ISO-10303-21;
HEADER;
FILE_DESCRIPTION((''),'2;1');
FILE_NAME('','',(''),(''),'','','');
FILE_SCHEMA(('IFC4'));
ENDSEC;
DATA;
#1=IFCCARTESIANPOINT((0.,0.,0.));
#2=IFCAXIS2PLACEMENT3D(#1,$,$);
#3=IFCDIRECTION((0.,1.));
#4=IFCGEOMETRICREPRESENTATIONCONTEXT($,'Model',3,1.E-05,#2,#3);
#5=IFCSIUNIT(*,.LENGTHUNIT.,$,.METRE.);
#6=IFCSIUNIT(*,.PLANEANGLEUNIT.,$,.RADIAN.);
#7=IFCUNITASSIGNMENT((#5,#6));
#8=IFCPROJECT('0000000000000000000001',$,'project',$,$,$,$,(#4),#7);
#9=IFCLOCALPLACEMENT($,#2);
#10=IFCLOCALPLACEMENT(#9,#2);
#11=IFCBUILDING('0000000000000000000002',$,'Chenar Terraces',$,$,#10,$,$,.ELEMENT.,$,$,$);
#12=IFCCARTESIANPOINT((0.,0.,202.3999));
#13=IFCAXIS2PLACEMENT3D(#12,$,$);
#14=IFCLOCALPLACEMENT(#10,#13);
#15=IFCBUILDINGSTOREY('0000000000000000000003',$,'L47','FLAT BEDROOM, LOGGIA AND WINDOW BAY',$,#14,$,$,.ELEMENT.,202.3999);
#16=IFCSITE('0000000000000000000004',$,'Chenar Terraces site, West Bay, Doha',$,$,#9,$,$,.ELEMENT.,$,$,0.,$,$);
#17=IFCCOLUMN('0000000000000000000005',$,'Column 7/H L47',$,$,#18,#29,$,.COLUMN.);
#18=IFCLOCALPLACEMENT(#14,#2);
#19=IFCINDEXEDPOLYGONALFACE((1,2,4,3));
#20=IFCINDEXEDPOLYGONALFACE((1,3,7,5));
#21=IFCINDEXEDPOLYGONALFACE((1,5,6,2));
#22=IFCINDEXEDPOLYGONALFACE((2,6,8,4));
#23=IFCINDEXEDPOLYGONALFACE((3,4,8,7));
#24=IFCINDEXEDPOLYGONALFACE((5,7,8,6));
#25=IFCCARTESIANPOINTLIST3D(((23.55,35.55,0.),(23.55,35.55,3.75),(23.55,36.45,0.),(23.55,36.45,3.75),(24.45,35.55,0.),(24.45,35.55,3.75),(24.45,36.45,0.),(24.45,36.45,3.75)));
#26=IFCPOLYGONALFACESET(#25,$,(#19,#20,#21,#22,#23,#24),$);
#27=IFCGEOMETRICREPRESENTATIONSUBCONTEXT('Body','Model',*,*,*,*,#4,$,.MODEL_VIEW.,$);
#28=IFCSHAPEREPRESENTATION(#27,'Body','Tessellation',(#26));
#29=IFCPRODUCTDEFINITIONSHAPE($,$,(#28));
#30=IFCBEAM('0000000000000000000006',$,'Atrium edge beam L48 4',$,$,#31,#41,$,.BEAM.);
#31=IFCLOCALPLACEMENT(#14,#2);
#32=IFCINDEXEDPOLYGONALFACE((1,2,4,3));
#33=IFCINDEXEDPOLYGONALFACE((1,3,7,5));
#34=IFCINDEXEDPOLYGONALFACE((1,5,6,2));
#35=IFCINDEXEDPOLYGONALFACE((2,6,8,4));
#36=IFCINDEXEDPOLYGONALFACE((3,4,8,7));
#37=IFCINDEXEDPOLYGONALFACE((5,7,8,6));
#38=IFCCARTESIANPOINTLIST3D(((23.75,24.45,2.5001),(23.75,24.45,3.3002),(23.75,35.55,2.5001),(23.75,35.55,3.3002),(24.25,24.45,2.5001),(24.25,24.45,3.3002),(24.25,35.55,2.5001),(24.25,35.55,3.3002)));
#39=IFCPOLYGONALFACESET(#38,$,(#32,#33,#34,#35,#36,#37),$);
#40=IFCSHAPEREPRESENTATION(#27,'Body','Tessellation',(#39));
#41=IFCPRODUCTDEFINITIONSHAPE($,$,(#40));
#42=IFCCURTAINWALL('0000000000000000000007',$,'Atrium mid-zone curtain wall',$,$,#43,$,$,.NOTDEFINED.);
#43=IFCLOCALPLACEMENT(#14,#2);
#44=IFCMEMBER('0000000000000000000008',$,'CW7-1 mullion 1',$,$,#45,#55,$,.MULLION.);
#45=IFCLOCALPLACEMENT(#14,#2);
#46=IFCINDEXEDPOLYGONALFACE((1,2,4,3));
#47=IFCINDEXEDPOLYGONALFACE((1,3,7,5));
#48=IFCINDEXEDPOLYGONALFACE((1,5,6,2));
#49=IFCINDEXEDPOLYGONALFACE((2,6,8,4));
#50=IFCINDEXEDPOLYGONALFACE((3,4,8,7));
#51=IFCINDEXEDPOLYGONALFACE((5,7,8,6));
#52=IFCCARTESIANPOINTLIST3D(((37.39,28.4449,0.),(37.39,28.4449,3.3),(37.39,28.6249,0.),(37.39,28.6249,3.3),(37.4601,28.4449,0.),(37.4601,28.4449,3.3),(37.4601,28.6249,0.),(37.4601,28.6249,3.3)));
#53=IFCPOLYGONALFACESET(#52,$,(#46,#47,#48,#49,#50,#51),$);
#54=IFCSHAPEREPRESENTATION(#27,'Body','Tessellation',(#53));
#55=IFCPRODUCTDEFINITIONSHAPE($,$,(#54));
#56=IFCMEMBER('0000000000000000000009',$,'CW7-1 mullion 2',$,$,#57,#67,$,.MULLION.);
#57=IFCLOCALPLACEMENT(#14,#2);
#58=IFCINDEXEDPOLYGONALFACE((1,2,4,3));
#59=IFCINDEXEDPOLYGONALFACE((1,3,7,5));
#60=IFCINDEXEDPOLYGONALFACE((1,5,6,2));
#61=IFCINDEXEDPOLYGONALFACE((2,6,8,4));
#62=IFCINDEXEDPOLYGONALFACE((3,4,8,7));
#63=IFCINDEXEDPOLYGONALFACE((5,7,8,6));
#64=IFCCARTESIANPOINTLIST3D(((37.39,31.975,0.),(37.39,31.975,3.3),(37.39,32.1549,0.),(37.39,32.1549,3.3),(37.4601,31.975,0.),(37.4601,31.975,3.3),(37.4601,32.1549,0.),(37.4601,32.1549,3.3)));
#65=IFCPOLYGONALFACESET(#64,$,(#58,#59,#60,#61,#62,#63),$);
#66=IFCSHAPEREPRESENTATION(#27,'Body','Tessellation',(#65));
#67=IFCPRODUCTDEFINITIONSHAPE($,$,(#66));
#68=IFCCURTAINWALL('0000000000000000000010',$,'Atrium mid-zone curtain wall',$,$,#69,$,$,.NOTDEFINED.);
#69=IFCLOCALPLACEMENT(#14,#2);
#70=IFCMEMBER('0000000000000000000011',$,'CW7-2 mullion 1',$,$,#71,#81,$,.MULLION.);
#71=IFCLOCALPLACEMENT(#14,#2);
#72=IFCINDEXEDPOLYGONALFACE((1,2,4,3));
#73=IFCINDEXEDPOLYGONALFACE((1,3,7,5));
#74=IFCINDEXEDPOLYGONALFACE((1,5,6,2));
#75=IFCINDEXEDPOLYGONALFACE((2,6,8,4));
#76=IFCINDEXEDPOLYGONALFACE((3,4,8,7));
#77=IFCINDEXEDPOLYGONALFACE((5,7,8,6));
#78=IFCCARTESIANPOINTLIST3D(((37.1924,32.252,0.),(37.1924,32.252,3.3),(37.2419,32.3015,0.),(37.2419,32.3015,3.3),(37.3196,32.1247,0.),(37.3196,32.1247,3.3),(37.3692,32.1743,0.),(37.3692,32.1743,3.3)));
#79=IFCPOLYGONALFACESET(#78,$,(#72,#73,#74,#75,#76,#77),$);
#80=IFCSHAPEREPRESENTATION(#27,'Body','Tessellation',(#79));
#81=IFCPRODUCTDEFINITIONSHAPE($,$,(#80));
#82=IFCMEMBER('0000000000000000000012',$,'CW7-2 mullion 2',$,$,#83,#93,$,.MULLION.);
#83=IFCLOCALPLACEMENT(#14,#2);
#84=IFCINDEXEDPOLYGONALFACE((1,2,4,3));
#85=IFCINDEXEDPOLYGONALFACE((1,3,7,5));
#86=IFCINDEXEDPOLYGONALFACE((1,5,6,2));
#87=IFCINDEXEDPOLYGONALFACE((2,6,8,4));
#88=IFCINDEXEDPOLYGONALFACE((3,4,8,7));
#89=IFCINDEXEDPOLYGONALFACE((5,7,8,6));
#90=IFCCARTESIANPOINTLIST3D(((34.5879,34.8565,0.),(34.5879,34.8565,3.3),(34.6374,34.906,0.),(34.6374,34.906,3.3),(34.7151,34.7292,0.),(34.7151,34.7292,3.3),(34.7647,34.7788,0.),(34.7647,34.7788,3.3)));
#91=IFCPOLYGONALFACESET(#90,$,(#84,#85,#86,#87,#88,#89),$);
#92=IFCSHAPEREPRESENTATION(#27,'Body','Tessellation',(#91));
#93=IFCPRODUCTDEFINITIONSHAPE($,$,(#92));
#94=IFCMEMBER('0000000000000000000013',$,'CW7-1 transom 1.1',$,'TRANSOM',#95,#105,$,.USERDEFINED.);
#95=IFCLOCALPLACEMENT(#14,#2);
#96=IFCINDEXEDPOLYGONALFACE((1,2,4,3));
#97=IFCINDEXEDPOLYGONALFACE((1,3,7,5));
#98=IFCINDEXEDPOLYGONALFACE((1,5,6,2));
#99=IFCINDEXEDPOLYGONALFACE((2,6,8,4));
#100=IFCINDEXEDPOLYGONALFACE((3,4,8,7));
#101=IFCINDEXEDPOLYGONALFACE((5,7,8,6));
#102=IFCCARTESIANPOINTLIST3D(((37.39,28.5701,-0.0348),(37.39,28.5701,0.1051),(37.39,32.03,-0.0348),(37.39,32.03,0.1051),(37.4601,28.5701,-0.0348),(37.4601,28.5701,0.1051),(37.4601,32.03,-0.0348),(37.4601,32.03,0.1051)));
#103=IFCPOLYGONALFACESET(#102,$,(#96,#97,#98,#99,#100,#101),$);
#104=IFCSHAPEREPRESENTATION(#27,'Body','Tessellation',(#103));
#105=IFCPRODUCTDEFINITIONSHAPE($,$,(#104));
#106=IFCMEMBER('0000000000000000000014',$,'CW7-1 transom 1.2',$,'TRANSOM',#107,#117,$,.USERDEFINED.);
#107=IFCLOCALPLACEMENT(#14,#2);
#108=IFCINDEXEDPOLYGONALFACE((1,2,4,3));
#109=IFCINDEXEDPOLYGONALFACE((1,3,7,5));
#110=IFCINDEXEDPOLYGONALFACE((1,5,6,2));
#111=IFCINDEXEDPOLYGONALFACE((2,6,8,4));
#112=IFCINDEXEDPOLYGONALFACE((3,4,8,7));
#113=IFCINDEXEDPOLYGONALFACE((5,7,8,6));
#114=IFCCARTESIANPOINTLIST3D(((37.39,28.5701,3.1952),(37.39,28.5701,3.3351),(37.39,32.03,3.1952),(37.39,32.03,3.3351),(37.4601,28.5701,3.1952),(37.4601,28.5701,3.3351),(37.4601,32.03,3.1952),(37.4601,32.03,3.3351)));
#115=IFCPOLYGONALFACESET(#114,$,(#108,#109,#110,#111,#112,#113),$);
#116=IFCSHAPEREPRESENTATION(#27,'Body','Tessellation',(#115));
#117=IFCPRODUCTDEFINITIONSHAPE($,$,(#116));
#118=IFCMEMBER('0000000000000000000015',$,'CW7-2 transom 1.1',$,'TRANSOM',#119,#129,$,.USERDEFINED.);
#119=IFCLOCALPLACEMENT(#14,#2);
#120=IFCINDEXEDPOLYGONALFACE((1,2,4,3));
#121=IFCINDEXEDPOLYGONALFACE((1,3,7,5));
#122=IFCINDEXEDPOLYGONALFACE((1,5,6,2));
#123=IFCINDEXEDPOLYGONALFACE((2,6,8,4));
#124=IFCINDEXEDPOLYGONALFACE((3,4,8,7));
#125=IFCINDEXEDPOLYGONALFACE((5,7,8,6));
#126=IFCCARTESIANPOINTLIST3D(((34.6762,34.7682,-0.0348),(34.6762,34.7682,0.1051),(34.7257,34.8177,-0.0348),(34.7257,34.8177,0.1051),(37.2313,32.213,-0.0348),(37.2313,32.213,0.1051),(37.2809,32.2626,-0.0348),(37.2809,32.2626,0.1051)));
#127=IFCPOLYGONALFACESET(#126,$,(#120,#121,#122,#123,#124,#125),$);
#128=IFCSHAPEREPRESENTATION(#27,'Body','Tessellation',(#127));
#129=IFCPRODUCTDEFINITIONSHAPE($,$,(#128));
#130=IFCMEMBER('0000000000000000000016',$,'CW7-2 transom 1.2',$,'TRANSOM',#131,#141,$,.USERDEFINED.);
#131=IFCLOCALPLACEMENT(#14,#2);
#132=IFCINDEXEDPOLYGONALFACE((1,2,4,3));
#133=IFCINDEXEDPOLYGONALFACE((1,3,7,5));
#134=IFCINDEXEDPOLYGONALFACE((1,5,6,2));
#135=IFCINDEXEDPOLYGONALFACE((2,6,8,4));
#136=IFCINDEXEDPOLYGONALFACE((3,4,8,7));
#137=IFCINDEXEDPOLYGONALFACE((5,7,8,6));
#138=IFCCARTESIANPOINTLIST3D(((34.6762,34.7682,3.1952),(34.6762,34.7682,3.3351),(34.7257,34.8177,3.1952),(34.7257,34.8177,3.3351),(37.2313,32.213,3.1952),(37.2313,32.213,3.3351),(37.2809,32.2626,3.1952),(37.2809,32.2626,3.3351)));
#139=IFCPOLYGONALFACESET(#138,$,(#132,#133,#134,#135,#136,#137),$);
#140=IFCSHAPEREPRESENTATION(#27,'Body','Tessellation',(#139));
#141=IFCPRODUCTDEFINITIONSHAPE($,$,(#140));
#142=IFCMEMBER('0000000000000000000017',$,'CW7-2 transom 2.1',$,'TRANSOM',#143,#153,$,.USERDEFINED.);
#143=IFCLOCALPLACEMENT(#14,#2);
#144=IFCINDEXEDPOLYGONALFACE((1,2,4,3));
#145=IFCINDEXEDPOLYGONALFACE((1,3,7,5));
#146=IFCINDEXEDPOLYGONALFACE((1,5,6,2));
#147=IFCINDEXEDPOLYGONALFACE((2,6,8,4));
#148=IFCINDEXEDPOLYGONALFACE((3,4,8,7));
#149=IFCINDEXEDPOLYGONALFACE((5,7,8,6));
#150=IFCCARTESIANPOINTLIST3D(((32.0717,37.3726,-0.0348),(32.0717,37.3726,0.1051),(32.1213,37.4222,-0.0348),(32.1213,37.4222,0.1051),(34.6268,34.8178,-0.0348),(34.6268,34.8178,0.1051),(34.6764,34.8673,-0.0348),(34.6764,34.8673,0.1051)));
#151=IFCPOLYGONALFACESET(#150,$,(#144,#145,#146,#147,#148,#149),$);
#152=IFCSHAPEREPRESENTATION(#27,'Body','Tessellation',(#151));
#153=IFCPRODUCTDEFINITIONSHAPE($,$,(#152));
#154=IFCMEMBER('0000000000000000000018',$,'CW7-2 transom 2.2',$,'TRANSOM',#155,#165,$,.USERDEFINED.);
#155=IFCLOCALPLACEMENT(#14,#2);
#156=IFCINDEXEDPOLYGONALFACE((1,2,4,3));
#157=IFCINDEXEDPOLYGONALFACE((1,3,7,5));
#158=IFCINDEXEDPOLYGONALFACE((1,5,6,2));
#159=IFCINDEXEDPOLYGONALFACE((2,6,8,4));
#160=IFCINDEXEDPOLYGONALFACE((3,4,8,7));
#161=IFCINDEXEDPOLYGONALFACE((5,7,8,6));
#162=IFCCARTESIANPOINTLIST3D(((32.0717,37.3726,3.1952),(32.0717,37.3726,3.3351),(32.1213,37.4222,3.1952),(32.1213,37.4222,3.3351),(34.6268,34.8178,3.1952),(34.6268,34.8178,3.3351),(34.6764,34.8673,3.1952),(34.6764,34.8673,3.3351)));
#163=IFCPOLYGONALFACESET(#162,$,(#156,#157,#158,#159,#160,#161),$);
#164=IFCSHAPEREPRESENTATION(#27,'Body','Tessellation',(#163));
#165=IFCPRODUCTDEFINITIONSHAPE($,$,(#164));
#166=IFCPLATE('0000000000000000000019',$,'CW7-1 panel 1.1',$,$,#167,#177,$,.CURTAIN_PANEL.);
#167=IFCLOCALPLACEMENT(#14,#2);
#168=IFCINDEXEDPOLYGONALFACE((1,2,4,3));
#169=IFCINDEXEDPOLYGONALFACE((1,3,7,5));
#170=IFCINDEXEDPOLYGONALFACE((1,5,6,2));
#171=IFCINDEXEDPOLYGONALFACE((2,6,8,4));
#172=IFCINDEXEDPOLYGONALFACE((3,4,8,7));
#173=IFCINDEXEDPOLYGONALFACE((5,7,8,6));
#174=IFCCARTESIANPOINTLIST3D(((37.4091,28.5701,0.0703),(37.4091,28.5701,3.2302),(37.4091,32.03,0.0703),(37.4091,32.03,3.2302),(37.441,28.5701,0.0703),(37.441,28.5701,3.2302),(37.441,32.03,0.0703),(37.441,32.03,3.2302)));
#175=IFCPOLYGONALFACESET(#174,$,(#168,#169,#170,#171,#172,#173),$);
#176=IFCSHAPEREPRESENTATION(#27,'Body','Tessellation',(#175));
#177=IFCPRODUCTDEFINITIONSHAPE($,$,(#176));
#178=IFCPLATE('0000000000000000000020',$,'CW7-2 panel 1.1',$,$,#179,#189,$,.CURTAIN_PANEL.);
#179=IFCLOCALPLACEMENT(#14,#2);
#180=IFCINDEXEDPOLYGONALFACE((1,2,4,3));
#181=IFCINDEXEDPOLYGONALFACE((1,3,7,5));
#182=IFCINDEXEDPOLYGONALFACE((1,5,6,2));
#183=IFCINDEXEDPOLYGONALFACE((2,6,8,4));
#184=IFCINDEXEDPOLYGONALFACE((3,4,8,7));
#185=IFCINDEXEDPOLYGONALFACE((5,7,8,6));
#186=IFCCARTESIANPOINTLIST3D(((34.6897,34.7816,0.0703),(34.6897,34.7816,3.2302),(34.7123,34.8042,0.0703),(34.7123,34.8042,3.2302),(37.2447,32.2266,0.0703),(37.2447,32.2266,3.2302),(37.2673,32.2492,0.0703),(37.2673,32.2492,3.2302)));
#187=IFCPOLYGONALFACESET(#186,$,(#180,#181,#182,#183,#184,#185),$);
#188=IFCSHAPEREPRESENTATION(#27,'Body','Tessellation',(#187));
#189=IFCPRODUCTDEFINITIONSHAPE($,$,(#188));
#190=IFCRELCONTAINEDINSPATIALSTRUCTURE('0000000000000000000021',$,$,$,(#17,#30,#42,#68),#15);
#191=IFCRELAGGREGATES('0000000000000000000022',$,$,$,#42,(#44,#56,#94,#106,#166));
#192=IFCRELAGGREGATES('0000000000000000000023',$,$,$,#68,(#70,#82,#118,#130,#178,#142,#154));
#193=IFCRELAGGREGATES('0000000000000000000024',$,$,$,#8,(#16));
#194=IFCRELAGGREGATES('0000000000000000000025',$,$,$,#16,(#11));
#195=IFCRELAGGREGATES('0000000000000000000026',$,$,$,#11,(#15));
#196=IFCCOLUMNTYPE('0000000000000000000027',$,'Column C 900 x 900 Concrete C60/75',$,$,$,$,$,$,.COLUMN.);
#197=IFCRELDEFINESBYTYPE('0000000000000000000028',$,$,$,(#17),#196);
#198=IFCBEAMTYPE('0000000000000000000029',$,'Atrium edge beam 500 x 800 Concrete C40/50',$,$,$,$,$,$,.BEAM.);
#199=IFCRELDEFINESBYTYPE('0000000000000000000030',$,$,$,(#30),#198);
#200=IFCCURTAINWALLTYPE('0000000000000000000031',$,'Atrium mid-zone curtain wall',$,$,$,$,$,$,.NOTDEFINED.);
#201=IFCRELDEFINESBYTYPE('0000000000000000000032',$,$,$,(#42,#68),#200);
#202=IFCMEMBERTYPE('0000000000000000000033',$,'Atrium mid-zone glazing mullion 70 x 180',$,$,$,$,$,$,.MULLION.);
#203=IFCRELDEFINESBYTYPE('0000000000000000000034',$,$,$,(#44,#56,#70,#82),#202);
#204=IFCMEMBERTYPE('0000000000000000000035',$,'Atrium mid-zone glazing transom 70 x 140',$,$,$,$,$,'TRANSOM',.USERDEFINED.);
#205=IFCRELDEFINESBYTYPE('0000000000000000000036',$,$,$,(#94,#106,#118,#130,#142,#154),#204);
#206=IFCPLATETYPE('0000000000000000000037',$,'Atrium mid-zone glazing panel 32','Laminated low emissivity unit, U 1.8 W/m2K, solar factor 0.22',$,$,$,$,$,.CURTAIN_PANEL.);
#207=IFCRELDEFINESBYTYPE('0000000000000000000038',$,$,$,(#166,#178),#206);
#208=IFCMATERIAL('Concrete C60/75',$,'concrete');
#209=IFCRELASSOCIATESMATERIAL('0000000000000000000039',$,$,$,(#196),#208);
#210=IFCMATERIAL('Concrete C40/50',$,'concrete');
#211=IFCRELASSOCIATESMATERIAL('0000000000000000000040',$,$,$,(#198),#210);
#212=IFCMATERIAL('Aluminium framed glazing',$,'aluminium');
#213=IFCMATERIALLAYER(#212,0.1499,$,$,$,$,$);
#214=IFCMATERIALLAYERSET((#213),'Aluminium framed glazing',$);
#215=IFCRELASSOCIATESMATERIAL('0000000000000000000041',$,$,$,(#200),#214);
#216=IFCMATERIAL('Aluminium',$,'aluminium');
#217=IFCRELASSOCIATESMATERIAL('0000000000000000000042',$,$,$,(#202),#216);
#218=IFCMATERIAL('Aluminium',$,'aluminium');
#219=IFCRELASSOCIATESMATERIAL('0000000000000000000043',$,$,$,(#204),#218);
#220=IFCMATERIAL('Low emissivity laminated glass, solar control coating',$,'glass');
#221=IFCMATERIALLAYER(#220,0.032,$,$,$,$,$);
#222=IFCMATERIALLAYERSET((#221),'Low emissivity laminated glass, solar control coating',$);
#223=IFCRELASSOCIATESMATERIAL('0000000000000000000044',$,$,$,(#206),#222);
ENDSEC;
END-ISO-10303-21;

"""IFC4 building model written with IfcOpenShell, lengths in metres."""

from ifc_helpers import new_model, si_unit, direction, frame, origin, origin_2d, place, context, subcontext, project, spatial, rectangle, extrude, material, layer, layer_set, material_profile, profile_set, type_object, element, aggregate, save


model = new_model("IFC4")

# Units and contexts
model_context = context("Model", 3, precision=1e-05, world=origin(), true_north=direction((0.0, 1.0)))
body_context = subcontext(model_context, "Body", "Model", "MODEL_VIEW")
ifc_project = project(units=[si_unit("LENGTHUNIT", "METRE"), si_unit("PLANEANGLEUNIT", "RADIAN")], contexts=[model_context])

# Site, building, storey
site_placement = place(None, origin())
site = spatial("IfcSite", under=ifc_project, at=site_placement, Name="Chenar Terraces site, West Bay, Doha", CompositionType="ELEMENT", RefElevation=0.0)
building_placement = place(site_placement, origin())
building = spatial("IfcBuilding", under=site, at=building_placement, Name="Chenar Terraces", CompositionType="ELEMENT")
storey_placement = place(building_placement, frame((0.0, 0.0, 202.3999)))
storey = spatial("IfcBuildingStorey", under=building, at=storey_placement, Name="L47", Description="FLAT BEDROOM, LOGGIA AND WINDOW BAY", CompositionType="ELEMENT", Elevation=202.3999)

# Column
ifc_material_1 = material(Name="Concrete C60/75", Category="concrete")
ifc_material_profile_1 = material_profile(ifc_material_1, rectangle(XDim=0.8999, YDim=0.8999, at=origin_2d()), Name="C 900 x 900")
ifc_profile_set_1 = profile_set([ifc_material_profile_1], Name="Concrete C60/75")
column_type = type_object("IfcColumnType", Name="Column C 900 x 900 Concrete C60/75", PredefinedType="COLUMN", material=ifc_profile_set_1)
column_placement = place(storey_placement, frame((24.0, 36.0, 0.0), z_axis=(0.0, 0.0, 1.0), x_axis=(1.0, 0.0, 0.0)))
element("IfcColumn", 1, at=column_placement, inside=storey, type_object=column_type, Name="Column 7/H L47", PredefinedType="COLUMN", context=body_context, shape_type="SweptSolid", body=[
    extrude(rectangle(XDim=0.8999, YDim=0.8999, at=origin_2d()), origin(), (0.0, 0.0, 1.0), 3.75),
])

# Beam
ifc_material_2 = material(Name="Concrete C40/50", Category="concrete")
ifc_material_profile_2 = material_profile(ifc_material_2, rectangle(XDim=0.5, YDim=0.8, at=origin_2d()), Name="RC 500 x 800")
ifc_profile_set_2 = profile_set([ifc_material_profile_2], Name="Concrete C40/50")
beam_type = type_object("IfcBeamType", Name="Atrium edge beam 500 x 800 Concrete C40/50", PredefinedType="BEAM", material=ifc_profile_set_2)
beam_placement = place(storey_placement, frame((24.0, 35.55, 2.9001), z_axis=(0.0, -1.0, 0.0), x_axis=(1.0, 0.0, 0.0)))
element("IfcBeam", 2, at=beam_placement, inside=storey, type_object=beam_type, Name="Atrium edge beam L48 4", PredefinedType="BEAM", context=body_context, shape_type="SweptSolid", body=[
    extrude(rectangle(XDim=0.5, YDim=0.8, at=origin_2d()), origin(), (0.0, 0.0, 1.0), 11.1001),
])

# Curtain walls, members
ifc_material_3 = material(Name="Aluminium framed glazing", Category="aluminium")
ifc_layer_1 = layer(ifc_material_3, 0.1499)
ifc_layer_set_1 = layer_set([ifc_layer_1], Name="Aluminium framed glazing")
curtain_wall_type = type_object("IfcCurtainWallType", Name="Atrium mid-zone curtain wall", PredefinedType="NOTDEFINED", material=ifc_layer_set_1)
placement = place(storey_placement, origin())
curtain_wall_1 = element("IfcCurtainWall", 3, at=placement, inside=storey, type_object=curtain_wall_type, Name="Atrium mid-zone curtain wall", PredefinedType="NOTDEFINED")
ifc_material_4 = material(Name="Aluminium", Category="aluminium")
ifc_material_profile_3 = material_profile(ifc_material_4, rectangle(XDim=0.0701, YDim=0.1799, at=origin_2d()), Name="Atrium mid-zone glazing mullion 70 x 180")
ifc_profile_set_3 = profile_set([ifc_material_profile_3], Name="Aluminium")
member_type_1 = type_object("IfcMemberType", Name="Atrium mid-zone glazing mullion 70 x 180", PredefinedType="MULLION", material=ifc_profile_set_3)
member_1_placement = place(storey_placement, frame((37.425, 28.5349, 0.0), z_axis=(0.0, 0.0, 1.0), x_axis=(-1.0, 0.0, 0.0)))
member_1 = element("IfcMember", 4, at=member_1_placement, type_object=member_type_1, Name="CW7-1 mullion 1", PredefinedType="MULLION", context=body_context, shape_type="SweptSolid", body=[
    extrude(rectangle(XDim=0.0701, YDim=0.1799, at=origin_2d()), origin(), (0.0, 0.0, 1.0), 3.3),
])
member_2_placement = place(storey_placement, frame((37.425, 32.0649, 0.0), z_axis=(0.0, 0.0, 1.0), x_axis=(-1.0, 0.0, 0.0)))
member_2 = element("IfcMember", 5, at=member_2_placement, type_object=member_type_1, Name="CW7-1 mullion 2", PredefinedType="MULLION", context=body_context, shape_type="SweptSolid", body=[
    extrude(rectangle(XDim=0.0701, YDim=0.1799, at=origin_2d()), origin(), (0.0, 0.0, 1.0), 3.3),
])
curtain_wall_2 = element("IfcCurtainWall", 6, at=placement, inside=storey, type_object=curtain_wall_type, Name="Atrium mid-zone curtain wall", PredefinedType="NOTDEFINED")
member_3_placement = place(storey_placement, frame((37.2808, 32.2131, 0.0), z_axis=(0.0, 0.0, 1.0), x_axis=(-0.707107, -0.707107, 0.0)))
member_3 = element("IfcMember", 7, at=member_3_placement, type_object=member_type_1, Name="CW7-2 mullion 1", PredefinedType="MULLION", context=body_context, shape_type="SweptSolid", body=[
    extrude(rectangle(XDim=0.0701, YDim=0.1799, at=origin_2d()), origin(), (0.0, 0.0, 1.0), 3.3),
])
member_4_placement = place(storey_placement, frame((34.6763, 34.8176, 0.0), z_axis=(0.0, 0.0, 1.0), x_axis=(-0.707107, -0.707107, 0.0)))
member_4 = element("IfcMember", 8, at=member_4_placement, type_object=member_type_1, Name="CW7-2 mullion 2", PredefinedType="MULLION", context=body_context, shape_type="SweptSolid", body=[
    extrude(rectangle(XDim=0.0701, YDim=0.1799, at=origin_2d()), origin(), (0.0, 0.0, 1.0), 3.3),
])

# Members
ifc_material_5 = material(Name="Aluminium", Category="aluminium")
ifc_material_profile_4 = material_profile(ifc_material_5, rectangle(XDim=0.0701, YDim=0.1399, at=origin_2d()), Name="Atrium mid-zone glazing transom 70 x 140")
ifc_profile_set_4 = profile_set([ifc_material_profile_4], Name="Aluminium")
member_type_2 = type_object("IfcMemberType", Name="Atrium mid-zone glazing transom 70 x 140", ElementType="TRANSOM", PredefinedType="USERDEFINED", material=ifc_profile_set_4)
member_5_placement = place(storey_placement, frame((37.425, 28.5701, 0.0352), z_axis=(0.0, 1.0, 0.0), x_axis=(-1.0, 0.0, 0.0)))
member_5 = element("IfcMember", 9, at=member_5_placement, type_object=member_type_2, Name="CW7-1 transom 1.1", ObjectType="TRANSOM", PredefinedType="USERDEFINED", context=body_context, shape_type="SweptSolid", body=[
    extrude(rectangle(XDim=0.0701, YDim=0.1399, at=origin_2d()), origin(), (0.0, 0.0, 1.0), 3.46),
])
member_6_placement = place(storey_placement, frame((37.425, 28.5701, 3.2651), z_axis=(0.0, 1.0, 0.0), x_axis=(-1.0, 0.0, 0.0)))
member_6 = element("IfcMember", 10, at=member_6_placement, type_object=member_type_2, Name="CW7-1 transom 1.2", ObjectType="TRANSOM", PredefinedType="USERDEFINED", context=body_context, shape_type="SweptSolid", body=[
    extrude(rectangle(XDim=0.0701, YDim=0.1399, at=origin_2d()), origin(), (0.0, 0.0, 1.0), 3.46),
])
member_7_placement = place(storey_placement, frame((37.2561, 32.2378, 0.0352), z_axis=(-0.707107, 0.707107, 0.0), x_axis=(-0.707107, -0.707107, 0.0)))
member_7 = element("IfcMember", 11, at=member_7_placement, type_object=member_type_2, Name="CW7-2 transom 1.1", ObjectType="TRANSOM", PredefinedType="USERDEFINED", context=body_context, shape_type="SweptSolid", body=[
    extrude(rectangle(XDim=0.0701, YDim=0.1399, at=origin_2d()), origin(), (0.0, 0.0, 1.0), 3.6135),
])
member_8_placement = place(storey_placement, frame((37.2561, 32.2378, 3.2651), z_axis=(-0.707107, 0.707107, 0.0), x_axis=(-0.707107, -0.707107, 0.0)))
member_8 = element("IfcMember", 12, at=member_8_placement, type_object=member_type_2, Name="CW7-2 transom 1.2", ObjectType="TRANSOM", PredefinedType="USERDEFINED", context=body_context, shape_type="SweptSolid", body=[
    extrude(rectangle(XDim=0.0701, YDim=0.1399, at=origin_2d()), origin(), (0.0, 0.0, 1.0), 3.6135),
])
member_9_placement = place(storey_placement, frame((34.6516, 34.8425, 0.0352), z_axis=(-0.707141, 0.707073, 0.0), x_axis=(-0.707073, -0.707141, 0.0)))
member_9 = element("IfcMember", 13, at=member_9_placement, type_object=member_type_2, Name="CW7-2 transom 2.1", ObjectType="TRANSOM", PredefinedType="USERDEFINED", context=body_context, shape_type="SweptSolid", body=[
    extrude(rectangle(XDim=0.0701, YDim=0.1399, at=origin_2d()), origin(), (0.0, 0.0, 1.0), 3.6133),
])
member_10_placement = place(storey_placement, frame((34.6516, 34.8425, 3.2651), z_axis=(-0.707141, 0.707073, 0.0), x_axis=(-0.707073, -0.707141, 0.0)))
member_10 = element("IfcMember", 14, at=member_10_placement, type_object=member_type_2, Name="CW7-2 transom 2.2", ObjectType="TRANSOM", PredefinedType="USERDEFINED", context=body_context, shape_type="SweptSolid", body=[
    extrude(rectangle(XDim=0.0701, YDim=0.1399, at=origin_2d()), origin(), (0.0, 0.0, 1.0), 3.6133),
])

# Plates
ifc_material_6 = material(Name="Low emissivity laminated glass, solar control coating", Category="glass")
ifc_layer_2 = layer(ifc_material_6, 0.032)
ifc_layer_set_2 = layer_set([ifc_layer_2], Name="Low emissivity laminated glass, solar control coating")
plate_type = type_object("IfcPlateType", Name="Atrium mid-zone glazing panel 32", Description="Laminated low emissivity unit, U 1.8 W/m2K, solar factor 0.22", PredefinedType="CURTAIN_PANEL", material=ifc_layer_set_2)
plate_1_placement = place(storey_placement, frame((37.425, 30.3, 0.0703), z_axis=(0.0, 0.0, 1.0), x_axis=(0.0, 1.0, 0.0)))
plate_1 = element("IfcPlate", 15, at=plate_1_placement, type_object=plate_type, Name="CW7-1 panel 1.1", PredefinedType="CURTAIN_PANEL", context=body_context, shape_type="SweptSolid", body=[
    extrude(rectangle(XDim=3.46, YDim=0.032, at=origin_2d()), origin(), (0.0, 0.0, 1.0), 3.1599),
])
aggregate(curtain_wall_1, [member_1, member_2, member_5, member_6, plate_1])
plate_2_placement = place(storey_placement, frame((35.9785, 33.5154, 0.0703), z_axis=(0.0, 0.0, 1.0), x_axis=(-0.707107, 0.707107, 0.0)))
plate_2 = element("IfcPlate", 16, at=plate_2_placement, type_object=plate_type, Name="CW7-2 panel 1.1", PredefinedType="CURTAIN_PANEL", context=body_context, shape_type="SweptSolid", body=[
    extrude(rectangle(XDim=3.6133, YDim=0.032, at=origin_2d()), origin(), (0.0, 0.0, 1.0), 3.1599),
])
aggregate(curtain_wall_2, [member_3, member_4, member_7, member_8, plate_2, member_9, member_10])

save(model, "model.ifc")
